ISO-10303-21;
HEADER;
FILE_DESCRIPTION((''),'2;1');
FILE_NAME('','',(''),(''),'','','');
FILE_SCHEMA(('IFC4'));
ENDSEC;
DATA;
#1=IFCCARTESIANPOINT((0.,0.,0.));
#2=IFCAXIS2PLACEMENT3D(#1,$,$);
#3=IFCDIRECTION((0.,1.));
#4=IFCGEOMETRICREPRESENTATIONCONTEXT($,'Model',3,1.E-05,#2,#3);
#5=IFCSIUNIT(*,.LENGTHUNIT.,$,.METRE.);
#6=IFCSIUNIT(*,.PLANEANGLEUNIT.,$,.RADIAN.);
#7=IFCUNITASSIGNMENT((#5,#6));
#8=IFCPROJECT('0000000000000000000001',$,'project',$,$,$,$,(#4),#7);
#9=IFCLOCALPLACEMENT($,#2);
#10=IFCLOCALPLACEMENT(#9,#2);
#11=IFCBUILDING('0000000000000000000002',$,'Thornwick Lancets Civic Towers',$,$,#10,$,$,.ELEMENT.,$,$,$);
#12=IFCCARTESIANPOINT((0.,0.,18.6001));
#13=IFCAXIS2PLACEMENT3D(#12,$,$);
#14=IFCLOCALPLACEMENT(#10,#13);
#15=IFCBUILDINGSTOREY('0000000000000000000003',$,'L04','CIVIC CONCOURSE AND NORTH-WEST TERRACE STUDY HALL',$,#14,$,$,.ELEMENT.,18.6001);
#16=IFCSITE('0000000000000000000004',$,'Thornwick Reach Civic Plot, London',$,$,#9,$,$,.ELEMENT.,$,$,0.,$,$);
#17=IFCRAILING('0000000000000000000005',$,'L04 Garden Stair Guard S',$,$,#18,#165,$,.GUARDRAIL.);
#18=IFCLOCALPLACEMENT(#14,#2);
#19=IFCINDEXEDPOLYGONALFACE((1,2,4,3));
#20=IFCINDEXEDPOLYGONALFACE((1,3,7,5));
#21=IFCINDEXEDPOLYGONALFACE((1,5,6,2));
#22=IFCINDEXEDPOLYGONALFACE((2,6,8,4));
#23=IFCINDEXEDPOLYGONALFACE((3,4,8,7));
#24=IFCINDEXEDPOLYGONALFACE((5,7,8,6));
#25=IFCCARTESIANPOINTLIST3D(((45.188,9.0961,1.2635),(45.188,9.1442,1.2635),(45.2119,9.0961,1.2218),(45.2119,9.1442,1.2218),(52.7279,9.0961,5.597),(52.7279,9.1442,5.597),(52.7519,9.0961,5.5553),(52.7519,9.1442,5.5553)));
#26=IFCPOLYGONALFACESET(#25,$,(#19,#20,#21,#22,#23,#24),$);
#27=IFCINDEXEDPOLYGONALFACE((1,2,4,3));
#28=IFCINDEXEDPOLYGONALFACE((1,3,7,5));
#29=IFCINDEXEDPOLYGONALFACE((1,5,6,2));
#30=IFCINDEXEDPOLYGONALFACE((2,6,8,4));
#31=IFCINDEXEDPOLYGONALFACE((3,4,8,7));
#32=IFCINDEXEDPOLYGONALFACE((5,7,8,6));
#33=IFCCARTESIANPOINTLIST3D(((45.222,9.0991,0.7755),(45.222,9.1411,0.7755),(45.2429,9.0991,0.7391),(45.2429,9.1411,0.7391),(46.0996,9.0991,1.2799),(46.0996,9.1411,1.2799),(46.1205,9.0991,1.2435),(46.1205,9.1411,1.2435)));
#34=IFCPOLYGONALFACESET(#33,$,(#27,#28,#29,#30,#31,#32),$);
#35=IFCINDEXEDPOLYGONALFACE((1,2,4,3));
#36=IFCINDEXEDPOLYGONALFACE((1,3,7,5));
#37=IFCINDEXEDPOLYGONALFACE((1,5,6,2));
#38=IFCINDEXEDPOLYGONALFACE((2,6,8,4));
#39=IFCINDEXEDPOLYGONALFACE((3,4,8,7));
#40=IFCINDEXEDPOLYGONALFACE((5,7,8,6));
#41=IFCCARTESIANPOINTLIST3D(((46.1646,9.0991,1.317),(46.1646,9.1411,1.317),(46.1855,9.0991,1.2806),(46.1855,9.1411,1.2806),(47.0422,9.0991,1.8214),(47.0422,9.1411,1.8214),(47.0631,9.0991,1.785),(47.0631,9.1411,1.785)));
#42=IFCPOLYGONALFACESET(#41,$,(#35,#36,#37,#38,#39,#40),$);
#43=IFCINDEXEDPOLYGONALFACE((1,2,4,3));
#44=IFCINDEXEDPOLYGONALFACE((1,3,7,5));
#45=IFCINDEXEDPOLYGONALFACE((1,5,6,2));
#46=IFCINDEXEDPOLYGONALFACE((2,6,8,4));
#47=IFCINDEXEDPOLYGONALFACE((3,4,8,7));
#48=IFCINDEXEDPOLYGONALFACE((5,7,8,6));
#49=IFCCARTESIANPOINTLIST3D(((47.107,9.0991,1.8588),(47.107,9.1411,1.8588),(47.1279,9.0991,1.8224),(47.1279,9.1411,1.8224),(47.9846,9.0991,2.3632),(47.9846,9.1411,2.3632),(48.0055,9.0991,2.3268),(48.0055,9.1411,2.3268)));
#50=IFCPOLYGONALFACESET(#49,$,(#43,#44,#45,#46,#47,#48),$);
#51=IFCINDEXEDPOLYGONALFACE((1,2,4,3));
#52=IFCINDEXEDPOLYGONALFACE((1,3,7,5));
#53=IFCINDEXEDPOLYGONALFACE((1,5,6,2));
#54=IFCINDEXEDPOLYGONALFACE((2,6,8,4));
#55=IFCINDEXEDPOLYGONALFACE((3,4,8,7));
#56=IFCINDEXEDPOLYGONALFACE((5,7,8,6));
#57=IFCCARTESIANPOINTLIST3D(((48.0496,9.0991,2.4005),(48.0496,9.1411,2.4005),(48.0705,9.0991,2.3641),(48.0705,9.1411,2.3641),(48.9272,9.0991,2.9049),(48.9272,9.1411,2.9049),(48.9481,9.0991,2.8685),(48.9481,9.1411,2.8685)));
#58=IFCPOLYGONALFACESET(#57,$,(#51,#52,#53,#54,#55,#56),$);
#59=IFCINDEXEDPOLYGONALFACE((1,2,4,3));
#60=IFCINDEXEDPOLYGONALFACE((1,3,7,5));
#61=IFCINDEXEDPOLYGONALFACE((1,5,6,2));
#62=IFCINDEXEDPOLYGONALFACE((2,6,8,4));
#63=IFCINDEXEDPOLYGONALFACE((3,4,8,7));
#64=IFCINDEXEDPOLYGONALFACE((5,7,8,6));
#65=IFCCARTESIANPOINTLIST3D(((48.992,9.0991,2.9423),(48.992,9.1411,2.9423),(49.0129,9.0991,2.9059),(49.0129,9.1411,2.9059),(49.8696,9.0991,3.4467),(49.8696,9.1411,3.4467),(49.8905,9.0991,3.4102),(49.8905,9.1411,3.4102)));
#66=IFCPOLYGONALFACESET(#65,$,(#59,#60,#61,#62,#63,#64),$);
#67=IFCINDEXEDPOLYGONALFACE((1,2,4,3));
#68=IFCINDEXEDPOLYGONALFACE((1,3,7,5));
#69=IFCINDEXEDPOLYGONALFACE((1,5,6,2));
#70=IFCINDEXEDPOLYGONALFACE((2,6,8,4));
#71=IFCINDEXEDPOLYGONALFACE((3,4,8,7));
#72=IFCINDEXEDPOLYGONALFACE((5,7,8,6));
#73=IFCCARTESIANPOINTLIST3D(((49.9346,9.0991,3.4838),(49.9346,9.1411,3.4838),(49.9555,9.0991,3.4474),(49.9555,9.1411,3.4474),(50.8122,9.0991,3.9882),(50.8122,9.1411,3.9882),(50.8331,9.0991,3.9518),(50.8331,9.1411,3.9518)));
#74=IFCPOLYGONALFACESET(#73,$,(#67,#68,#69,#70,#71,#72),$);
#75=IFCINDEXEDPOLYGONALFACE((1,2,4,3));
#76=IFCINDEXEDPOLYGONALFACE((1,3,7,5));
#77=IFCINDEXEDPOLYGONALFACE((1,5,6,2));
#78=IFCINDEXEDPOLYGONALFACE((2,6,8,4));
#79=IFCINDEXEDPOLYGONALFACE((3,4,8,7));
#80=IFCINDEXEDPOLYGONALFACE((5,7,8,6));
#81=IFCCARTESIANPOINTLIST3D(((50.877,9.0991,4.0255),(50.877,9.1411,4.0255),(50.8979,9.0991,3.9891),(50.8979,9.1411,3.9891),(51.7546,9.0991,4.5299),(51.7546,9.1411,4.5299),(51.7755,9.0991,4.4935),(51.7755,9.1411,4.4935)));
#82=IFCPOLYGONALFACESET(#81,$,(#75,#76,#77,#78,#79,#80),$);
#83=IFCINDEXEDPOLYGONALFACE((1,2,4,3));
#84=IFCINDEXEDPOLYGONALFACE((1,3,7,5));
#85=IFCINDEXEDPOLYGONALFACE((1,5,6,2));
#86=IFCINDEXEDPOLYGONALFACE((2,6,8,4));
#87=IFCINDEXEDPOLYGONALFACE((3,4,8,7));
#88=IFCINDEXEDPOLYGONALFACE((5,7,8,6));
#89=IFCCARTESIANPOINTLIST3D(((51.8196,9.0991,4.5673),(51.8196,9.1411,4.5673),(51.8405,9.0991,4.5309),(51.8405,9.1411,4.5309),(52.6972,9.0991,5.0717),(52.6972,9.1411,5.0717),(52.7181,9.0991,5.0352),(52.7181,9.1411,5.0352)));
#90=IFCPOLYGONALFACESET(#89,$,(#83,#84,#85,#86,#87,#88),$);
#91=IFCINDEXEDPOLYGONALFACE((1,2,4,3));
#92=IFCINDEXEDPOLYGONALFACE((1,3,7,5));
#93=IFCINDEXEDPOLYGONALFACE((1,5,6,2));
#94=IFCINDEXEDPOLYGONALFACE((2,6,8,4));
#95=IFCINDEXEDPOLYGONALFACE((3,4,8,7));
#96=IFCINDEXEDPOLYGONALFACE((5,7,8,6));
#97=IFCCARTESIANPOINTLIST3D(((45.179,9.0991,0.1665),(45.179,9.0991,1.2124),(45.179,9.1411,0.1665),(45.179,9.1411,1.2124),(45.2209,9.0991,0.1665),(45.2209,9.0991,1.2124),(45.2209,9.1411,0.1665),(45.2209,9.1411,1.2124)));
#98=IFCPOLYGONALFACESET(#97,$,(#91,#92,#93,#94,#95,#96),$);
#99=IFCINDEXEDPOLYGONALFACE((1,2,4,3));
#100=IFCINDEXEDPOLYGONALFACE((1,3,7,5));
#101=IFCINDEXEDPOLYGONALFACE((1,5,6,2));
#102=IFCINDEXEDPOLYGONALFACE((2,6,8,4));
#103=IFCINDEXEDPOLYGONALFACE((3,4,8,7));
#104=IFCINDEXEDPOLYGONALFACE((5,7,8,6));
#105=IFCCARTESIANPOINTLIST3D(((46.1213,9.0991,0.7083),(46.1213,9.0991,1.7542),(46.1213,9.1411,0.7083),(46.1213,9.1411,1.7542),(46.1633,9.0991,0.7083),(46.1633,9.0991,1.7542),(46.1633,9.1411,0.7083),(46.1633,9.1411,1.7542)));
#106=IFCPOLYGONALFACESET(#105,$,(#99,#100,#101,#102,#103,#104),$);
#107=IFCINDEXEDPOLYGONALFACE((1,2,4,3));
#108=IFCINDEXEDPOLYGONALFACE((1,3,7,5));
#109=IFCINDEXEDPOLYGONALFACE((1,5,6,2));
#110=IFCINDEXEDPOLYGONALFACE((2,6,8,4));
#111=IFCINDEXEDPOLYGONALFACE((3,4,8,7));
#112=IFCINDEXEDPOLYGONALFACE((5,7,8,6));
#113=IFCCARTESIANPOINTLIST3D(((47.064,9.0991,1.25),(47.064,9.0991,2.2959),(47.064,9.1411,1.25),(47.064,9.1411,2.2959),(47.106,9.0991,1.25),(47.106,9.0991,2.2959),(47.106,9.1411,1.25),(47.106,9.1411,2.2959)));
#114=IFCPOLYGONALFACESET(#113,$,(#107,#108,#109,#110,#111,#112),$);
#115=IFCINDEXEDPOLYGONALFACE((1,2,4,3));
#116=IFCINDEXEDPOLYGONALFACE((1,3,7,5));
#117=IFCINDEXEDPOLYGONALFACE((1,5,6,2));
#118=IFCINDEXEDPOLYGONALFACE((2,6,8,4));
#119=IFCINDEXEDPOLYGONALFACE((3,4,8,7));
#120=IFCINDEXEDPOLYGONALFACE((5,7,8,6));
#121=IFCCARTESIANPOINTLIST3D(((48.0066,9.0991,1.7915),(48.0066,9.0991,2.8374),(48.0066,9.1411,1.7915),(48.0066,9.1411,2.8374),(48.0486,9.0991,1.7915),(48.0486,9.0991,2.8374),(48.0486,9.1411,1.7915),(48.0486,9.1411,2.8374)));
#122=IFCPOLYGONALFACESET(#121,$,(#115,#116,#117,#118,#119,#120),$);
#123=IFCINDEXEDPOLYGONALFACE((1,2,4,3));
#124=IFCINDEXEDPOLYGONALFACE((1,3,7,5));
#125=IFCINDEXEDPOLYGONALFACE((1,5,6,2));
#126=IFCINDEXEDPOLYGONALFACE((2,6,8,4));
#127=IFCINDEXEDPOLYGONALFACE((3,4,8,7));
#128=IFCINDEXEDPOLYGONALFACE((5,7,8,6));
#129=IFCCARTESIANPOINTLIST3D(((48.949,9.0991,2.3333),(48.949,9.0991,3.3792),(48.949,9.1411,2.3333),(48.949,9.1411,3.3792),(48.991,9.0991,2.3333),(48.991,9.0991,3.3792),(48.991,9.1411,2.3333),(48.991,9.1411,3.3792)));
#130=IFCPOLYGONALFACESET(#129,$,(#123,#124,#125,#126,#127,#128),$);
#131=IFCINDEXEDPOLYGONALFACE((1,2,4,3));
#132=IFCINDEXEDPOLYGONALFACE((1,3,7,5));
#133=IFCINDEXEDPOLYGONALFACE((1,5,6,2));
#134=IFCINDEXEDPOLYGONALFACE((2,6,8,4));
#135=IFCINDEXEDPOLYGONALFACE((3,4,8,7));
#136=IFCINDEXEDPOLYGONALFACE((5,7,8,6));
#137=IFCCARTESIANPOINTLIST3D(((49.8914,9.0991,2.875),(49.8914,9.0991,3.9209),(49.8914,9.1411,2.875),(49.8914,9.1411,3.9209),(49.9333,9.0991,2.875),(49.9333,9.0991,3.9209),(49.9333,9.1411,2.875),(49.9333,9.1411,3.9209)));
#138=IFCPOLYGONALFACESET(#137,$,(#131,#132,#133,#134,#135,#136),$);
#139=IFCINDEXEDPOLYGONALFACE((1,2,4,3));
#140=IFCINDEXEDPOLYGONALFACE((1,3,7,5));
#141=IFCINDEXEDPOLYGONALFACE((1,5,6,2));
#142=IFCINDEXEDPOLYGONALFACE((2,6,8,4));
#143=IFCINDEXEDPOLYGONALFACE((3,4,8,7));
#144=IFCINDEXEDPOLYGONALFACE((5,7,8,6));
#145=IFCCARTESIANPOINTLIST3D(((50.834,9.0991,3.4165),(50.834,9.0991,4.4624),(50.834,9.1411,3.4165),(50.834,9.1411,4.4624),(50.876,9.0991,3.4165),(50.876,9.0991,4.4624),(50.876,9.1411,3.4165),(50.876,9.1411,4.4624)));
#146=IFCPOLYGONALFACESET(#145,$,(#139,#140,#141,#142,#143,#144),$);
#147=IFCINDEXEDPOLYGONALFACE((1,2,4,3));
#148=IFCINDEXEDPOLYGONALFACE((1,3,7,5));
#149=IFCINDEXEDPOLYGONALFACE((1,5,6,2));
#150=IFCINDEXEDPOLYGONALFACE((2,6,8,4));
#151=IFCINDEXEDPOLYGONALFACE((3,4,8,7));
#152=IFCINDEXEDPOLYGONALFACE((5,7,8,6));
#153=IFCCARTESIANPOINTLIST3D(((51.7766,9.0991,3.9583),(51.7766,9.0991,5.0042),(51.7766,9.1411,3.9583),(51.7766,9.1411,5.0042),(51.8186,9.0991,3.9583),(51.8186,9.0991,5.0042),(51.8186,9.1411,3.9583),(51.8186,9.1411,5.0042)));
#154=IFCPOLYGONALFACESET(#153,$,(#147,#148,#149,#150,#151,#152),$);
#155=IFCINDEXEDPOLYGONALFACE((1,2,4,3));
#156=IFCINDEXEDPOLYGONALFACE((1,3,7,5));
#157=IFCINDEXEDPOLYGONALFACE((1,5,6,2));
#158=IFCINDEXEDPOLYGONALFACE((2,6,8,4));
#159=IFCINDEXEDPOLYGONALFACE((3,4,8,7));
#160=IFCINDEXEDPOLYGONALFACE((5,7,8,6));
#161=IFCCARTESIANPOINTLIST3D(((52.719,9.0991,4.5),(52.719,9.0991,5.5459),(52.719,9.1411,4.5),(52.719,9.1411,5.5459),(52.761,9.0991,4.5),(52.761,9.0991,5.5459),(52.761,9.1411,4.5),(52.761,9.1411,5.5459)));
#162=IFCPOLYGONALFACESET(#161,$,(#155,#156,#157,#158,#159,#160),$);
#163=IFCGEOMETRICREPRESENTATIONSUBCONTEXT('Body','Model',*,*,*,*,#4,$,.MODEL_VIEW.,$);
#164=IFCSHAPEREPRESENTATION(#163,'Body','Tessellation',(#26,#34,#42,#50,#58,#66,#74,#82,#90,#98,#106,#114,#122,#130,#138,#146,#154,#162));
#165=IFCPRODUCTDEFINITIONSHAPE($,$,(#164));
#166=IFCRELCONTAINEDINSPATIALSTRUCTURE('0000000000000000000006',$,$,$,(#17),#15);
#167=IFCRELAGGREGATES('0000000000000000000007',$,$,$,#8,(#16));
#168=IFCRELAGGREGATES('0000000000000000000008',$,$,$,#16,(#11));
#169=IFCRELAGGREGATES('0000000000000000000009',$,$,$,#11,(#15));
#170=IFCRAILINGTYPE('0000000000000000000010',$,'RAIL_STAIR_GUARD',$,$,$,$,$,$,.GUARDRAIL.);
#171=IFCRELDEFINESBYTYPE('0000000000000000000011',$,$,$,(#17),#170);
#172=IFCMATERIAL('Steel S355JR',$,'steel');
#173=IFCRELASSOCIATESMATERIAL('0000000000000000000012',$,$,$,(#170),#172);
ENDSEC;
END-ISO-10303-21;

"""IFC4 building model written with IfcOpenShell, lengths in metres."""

from ifc_helpers import new_model, si_unit, direction, frame, origin, origin_2d, place, context, subcontext, project, spatial, rectangle, extrude, material, type_object, element, save


model = new_model("IFC4")

# Units and contexts
model_context = context("Model", 3, precision=1e-05, world=origin(), true_north=direction((0.0, 1.0)))
body_context = subcontext(model_context, "Body", "Model", "MODEL_VIEW")
ifc_project = project(units=[si_unit("LENGTHUNIT", "METRE"), si_unit("PLANEANGLEUNIT", "RADIAN")], contexts=[model_context])

# Site, building, storey
site_placement = place(None, origin())
site = spatial("IfcSite", under=ifc_project, at=site_placement, Name="Thornwick Reach Civic Plot, London", CompositionType="ELEMENT", RefElevation=0.0)
building_placement = place(site_placement, origin())
building = spatial("IfcBuilding", under=site, at=building_placement, Name="Thornwick Lancets Civic Towers", CompositionType="ELEMENT")
storey_placement = place(building_placement, frame((0.0, 0.0, 18.6001)))
storey = spatial("IfcBuildingStorey", under=building, at=storey_placement, Name="L04", Description="CIVIC CONCOURSE AND NORTH-WEST TERRACE STUDY HALL", CompositionType="ELEMENT", Elevation=18.6001)

# Shared definitions
ifc_material_1 = material(Name="Steel S355JR", Category="steel")

# Railing
railing_type = type_object("IfcRailingType", Name="RAIL_STAIR_GUARD", PredefinedType="GUARDRAIL", material=ifc_material_1)
railing_1_placement = place(storey_placement, frame((45.2, 9.1201, 0.1665)))
element("IfcRailing", 1, at=railing_1_placement, inside=storey, type_object=railing_type, Name="L04 Garden Stair Guard S", PredefinedType="GUARDRAIL", context=body_context, shape_type="SweptSolid", body=[
    extrude(rectangle(XDim=0.0481, YDim=0.0481, at=origin_2d()), frame((0.0, 0.0, 1.0762), z_axis=(0.867007, 0.0, 0.498296), x_axis=(0.0, 1.0, 0.0)), (0.0, 0.0, 1.0), 8.6965),
    extrude(rectangle(XDim=0.042, YDim=0.042, at=origin_2d()), frame((0.0325, 0.0, 0.5908), z_axis=(0.867007, 0.0, 0.498296), x_axis=(0.0, 1.0, 0.0)), (0.0, 0.0, 1.0), 1.0122),
    extrude(rectangle(XDim=0.042, YDim=0.042, at=origin_2d()), frame((0.9751, 0.0, 1.1323), z_axis=(0.867007, 0.0, 0.498296), x_axis=(0.0, 1.0, 0.0)), (0.0, 0.0, 1.0), 1.0122),
    extrude(rectangle(XDim=0.042, YDim=0.042, at=origin_2d()), frame((1.9175, 0.0, 1.6741), z_axis=(0.867007, 0.0, 0.498296), x_axis=(0.0, 1.0, 0.0)), (0.0, 0.0, 1.0), 1.0122),
    extrude(rectangle(XDim=0.042, YDim=0.042, at=origin_2d()), frame((2.8601, 0.0, 2.2158), z_axis=(0.867007, 0.0, 0.498296), x_axis=(0.0, 1.0, 0.0)), (0.0, 0.0, 1.0), 1.0122),
    extrude(rectangle(XDim=0.042, YDim=0.042, at=origin_2d()), frame((3.8025, 0.0, 2.7576), z_axis=(0.867007, 0.0, 0.498296), x_axis=(0.0, 1.0, 0.0)), (0.0, 0.0, 1.0), 1.0122),
    extrude(rectangle(XDim=0.042, YDim=0.042, at=origin_2d()), frame((4.7451, 0.0, 3.2991), z_axis=(0.867007, 0.0, 0.498296), x_axis=(0.0, 1.0, 0.0)), (0.0, 0.0, 1.0), 1.0122),
    extrude(rectangle(XDim=0.042, YDim=0.042, at=origin_2d()), frame((5.6875, 0.0, 3.8408), z_axis=(0.867007, 0.0, 0.498296), x_axis=(0.0, 1.0, 0.0)), (0.0, 0.0, 1.0), 1.0122),
    extrude(rectangle(XDim=0.042, YDim=0.042, at=origin_2d()), frame((6.6301, 0.0, 4.3826), z_axis=(0.867007, 0.0, 0.498296), x_axis=(0.0, 1.0, 0.0)), (0.0, 0.0, 1.0), 1.0122),
    extrude(rectangle(XDim=0.042, YDim=0.042, at=origin_2d()), origin(), (0.0, 0.0, 1.0), 1.0459),
    extrude(rectangle(XDim=0.042, YDim=0.042, at=origin_2d()), frame((0.9424, 0.0, 0.5417)), (0.0, 0.0, 1.0), 1.0459),
    extrude(rectangle(XDim=0.042, YDim=0.042, at=origin_2d()), frame((1.885, 0.0, 1.0835)), (0.0, 0.0, 1.0), 1.0459),
    extrude(rectangle(XDim=0.042, YDim=0.042, at=origin_2d()), frame((2.8276, 0.0, 1.625)), (0.0, 0.0, 1.0), 1.0459),
    extrude(rectangle(XDim=0.042, YDim=0.042, at=origin_2d()), frame((3.77, 0.0, 2.1667)), (0.0, 0.0, 1.0), 1.0459),
    extrude(rectangle(XDim=0.042, YDim=0.042, at=origin_2d()), frame((4.7124, 0.0, 2.7085)), (0.0, 0.0, 1.0), 1.0459),
    extrude(rectangle(XDim=0.042, YDim=0.042, at=origin_2d()), frame((5.655, 0.0, 3.25)), (0.0, 0.0, 1.0), 1.0459),
    extrude(rectangle(XDim=0.042, YDim=0.042, at=origin_2d()), frame((6.5977, 0.0, 3.7917)), (0.0, 0.0, 1.0), 1.0459),
    extrude(rectangle(XDim=0.042, YDim=0.042, at=origin_2d()), frame((7.54, 0.0, 4.3335)), (0.0, 0.0, 1.0), 1.0459),
])

save(model, "model.ifc")
